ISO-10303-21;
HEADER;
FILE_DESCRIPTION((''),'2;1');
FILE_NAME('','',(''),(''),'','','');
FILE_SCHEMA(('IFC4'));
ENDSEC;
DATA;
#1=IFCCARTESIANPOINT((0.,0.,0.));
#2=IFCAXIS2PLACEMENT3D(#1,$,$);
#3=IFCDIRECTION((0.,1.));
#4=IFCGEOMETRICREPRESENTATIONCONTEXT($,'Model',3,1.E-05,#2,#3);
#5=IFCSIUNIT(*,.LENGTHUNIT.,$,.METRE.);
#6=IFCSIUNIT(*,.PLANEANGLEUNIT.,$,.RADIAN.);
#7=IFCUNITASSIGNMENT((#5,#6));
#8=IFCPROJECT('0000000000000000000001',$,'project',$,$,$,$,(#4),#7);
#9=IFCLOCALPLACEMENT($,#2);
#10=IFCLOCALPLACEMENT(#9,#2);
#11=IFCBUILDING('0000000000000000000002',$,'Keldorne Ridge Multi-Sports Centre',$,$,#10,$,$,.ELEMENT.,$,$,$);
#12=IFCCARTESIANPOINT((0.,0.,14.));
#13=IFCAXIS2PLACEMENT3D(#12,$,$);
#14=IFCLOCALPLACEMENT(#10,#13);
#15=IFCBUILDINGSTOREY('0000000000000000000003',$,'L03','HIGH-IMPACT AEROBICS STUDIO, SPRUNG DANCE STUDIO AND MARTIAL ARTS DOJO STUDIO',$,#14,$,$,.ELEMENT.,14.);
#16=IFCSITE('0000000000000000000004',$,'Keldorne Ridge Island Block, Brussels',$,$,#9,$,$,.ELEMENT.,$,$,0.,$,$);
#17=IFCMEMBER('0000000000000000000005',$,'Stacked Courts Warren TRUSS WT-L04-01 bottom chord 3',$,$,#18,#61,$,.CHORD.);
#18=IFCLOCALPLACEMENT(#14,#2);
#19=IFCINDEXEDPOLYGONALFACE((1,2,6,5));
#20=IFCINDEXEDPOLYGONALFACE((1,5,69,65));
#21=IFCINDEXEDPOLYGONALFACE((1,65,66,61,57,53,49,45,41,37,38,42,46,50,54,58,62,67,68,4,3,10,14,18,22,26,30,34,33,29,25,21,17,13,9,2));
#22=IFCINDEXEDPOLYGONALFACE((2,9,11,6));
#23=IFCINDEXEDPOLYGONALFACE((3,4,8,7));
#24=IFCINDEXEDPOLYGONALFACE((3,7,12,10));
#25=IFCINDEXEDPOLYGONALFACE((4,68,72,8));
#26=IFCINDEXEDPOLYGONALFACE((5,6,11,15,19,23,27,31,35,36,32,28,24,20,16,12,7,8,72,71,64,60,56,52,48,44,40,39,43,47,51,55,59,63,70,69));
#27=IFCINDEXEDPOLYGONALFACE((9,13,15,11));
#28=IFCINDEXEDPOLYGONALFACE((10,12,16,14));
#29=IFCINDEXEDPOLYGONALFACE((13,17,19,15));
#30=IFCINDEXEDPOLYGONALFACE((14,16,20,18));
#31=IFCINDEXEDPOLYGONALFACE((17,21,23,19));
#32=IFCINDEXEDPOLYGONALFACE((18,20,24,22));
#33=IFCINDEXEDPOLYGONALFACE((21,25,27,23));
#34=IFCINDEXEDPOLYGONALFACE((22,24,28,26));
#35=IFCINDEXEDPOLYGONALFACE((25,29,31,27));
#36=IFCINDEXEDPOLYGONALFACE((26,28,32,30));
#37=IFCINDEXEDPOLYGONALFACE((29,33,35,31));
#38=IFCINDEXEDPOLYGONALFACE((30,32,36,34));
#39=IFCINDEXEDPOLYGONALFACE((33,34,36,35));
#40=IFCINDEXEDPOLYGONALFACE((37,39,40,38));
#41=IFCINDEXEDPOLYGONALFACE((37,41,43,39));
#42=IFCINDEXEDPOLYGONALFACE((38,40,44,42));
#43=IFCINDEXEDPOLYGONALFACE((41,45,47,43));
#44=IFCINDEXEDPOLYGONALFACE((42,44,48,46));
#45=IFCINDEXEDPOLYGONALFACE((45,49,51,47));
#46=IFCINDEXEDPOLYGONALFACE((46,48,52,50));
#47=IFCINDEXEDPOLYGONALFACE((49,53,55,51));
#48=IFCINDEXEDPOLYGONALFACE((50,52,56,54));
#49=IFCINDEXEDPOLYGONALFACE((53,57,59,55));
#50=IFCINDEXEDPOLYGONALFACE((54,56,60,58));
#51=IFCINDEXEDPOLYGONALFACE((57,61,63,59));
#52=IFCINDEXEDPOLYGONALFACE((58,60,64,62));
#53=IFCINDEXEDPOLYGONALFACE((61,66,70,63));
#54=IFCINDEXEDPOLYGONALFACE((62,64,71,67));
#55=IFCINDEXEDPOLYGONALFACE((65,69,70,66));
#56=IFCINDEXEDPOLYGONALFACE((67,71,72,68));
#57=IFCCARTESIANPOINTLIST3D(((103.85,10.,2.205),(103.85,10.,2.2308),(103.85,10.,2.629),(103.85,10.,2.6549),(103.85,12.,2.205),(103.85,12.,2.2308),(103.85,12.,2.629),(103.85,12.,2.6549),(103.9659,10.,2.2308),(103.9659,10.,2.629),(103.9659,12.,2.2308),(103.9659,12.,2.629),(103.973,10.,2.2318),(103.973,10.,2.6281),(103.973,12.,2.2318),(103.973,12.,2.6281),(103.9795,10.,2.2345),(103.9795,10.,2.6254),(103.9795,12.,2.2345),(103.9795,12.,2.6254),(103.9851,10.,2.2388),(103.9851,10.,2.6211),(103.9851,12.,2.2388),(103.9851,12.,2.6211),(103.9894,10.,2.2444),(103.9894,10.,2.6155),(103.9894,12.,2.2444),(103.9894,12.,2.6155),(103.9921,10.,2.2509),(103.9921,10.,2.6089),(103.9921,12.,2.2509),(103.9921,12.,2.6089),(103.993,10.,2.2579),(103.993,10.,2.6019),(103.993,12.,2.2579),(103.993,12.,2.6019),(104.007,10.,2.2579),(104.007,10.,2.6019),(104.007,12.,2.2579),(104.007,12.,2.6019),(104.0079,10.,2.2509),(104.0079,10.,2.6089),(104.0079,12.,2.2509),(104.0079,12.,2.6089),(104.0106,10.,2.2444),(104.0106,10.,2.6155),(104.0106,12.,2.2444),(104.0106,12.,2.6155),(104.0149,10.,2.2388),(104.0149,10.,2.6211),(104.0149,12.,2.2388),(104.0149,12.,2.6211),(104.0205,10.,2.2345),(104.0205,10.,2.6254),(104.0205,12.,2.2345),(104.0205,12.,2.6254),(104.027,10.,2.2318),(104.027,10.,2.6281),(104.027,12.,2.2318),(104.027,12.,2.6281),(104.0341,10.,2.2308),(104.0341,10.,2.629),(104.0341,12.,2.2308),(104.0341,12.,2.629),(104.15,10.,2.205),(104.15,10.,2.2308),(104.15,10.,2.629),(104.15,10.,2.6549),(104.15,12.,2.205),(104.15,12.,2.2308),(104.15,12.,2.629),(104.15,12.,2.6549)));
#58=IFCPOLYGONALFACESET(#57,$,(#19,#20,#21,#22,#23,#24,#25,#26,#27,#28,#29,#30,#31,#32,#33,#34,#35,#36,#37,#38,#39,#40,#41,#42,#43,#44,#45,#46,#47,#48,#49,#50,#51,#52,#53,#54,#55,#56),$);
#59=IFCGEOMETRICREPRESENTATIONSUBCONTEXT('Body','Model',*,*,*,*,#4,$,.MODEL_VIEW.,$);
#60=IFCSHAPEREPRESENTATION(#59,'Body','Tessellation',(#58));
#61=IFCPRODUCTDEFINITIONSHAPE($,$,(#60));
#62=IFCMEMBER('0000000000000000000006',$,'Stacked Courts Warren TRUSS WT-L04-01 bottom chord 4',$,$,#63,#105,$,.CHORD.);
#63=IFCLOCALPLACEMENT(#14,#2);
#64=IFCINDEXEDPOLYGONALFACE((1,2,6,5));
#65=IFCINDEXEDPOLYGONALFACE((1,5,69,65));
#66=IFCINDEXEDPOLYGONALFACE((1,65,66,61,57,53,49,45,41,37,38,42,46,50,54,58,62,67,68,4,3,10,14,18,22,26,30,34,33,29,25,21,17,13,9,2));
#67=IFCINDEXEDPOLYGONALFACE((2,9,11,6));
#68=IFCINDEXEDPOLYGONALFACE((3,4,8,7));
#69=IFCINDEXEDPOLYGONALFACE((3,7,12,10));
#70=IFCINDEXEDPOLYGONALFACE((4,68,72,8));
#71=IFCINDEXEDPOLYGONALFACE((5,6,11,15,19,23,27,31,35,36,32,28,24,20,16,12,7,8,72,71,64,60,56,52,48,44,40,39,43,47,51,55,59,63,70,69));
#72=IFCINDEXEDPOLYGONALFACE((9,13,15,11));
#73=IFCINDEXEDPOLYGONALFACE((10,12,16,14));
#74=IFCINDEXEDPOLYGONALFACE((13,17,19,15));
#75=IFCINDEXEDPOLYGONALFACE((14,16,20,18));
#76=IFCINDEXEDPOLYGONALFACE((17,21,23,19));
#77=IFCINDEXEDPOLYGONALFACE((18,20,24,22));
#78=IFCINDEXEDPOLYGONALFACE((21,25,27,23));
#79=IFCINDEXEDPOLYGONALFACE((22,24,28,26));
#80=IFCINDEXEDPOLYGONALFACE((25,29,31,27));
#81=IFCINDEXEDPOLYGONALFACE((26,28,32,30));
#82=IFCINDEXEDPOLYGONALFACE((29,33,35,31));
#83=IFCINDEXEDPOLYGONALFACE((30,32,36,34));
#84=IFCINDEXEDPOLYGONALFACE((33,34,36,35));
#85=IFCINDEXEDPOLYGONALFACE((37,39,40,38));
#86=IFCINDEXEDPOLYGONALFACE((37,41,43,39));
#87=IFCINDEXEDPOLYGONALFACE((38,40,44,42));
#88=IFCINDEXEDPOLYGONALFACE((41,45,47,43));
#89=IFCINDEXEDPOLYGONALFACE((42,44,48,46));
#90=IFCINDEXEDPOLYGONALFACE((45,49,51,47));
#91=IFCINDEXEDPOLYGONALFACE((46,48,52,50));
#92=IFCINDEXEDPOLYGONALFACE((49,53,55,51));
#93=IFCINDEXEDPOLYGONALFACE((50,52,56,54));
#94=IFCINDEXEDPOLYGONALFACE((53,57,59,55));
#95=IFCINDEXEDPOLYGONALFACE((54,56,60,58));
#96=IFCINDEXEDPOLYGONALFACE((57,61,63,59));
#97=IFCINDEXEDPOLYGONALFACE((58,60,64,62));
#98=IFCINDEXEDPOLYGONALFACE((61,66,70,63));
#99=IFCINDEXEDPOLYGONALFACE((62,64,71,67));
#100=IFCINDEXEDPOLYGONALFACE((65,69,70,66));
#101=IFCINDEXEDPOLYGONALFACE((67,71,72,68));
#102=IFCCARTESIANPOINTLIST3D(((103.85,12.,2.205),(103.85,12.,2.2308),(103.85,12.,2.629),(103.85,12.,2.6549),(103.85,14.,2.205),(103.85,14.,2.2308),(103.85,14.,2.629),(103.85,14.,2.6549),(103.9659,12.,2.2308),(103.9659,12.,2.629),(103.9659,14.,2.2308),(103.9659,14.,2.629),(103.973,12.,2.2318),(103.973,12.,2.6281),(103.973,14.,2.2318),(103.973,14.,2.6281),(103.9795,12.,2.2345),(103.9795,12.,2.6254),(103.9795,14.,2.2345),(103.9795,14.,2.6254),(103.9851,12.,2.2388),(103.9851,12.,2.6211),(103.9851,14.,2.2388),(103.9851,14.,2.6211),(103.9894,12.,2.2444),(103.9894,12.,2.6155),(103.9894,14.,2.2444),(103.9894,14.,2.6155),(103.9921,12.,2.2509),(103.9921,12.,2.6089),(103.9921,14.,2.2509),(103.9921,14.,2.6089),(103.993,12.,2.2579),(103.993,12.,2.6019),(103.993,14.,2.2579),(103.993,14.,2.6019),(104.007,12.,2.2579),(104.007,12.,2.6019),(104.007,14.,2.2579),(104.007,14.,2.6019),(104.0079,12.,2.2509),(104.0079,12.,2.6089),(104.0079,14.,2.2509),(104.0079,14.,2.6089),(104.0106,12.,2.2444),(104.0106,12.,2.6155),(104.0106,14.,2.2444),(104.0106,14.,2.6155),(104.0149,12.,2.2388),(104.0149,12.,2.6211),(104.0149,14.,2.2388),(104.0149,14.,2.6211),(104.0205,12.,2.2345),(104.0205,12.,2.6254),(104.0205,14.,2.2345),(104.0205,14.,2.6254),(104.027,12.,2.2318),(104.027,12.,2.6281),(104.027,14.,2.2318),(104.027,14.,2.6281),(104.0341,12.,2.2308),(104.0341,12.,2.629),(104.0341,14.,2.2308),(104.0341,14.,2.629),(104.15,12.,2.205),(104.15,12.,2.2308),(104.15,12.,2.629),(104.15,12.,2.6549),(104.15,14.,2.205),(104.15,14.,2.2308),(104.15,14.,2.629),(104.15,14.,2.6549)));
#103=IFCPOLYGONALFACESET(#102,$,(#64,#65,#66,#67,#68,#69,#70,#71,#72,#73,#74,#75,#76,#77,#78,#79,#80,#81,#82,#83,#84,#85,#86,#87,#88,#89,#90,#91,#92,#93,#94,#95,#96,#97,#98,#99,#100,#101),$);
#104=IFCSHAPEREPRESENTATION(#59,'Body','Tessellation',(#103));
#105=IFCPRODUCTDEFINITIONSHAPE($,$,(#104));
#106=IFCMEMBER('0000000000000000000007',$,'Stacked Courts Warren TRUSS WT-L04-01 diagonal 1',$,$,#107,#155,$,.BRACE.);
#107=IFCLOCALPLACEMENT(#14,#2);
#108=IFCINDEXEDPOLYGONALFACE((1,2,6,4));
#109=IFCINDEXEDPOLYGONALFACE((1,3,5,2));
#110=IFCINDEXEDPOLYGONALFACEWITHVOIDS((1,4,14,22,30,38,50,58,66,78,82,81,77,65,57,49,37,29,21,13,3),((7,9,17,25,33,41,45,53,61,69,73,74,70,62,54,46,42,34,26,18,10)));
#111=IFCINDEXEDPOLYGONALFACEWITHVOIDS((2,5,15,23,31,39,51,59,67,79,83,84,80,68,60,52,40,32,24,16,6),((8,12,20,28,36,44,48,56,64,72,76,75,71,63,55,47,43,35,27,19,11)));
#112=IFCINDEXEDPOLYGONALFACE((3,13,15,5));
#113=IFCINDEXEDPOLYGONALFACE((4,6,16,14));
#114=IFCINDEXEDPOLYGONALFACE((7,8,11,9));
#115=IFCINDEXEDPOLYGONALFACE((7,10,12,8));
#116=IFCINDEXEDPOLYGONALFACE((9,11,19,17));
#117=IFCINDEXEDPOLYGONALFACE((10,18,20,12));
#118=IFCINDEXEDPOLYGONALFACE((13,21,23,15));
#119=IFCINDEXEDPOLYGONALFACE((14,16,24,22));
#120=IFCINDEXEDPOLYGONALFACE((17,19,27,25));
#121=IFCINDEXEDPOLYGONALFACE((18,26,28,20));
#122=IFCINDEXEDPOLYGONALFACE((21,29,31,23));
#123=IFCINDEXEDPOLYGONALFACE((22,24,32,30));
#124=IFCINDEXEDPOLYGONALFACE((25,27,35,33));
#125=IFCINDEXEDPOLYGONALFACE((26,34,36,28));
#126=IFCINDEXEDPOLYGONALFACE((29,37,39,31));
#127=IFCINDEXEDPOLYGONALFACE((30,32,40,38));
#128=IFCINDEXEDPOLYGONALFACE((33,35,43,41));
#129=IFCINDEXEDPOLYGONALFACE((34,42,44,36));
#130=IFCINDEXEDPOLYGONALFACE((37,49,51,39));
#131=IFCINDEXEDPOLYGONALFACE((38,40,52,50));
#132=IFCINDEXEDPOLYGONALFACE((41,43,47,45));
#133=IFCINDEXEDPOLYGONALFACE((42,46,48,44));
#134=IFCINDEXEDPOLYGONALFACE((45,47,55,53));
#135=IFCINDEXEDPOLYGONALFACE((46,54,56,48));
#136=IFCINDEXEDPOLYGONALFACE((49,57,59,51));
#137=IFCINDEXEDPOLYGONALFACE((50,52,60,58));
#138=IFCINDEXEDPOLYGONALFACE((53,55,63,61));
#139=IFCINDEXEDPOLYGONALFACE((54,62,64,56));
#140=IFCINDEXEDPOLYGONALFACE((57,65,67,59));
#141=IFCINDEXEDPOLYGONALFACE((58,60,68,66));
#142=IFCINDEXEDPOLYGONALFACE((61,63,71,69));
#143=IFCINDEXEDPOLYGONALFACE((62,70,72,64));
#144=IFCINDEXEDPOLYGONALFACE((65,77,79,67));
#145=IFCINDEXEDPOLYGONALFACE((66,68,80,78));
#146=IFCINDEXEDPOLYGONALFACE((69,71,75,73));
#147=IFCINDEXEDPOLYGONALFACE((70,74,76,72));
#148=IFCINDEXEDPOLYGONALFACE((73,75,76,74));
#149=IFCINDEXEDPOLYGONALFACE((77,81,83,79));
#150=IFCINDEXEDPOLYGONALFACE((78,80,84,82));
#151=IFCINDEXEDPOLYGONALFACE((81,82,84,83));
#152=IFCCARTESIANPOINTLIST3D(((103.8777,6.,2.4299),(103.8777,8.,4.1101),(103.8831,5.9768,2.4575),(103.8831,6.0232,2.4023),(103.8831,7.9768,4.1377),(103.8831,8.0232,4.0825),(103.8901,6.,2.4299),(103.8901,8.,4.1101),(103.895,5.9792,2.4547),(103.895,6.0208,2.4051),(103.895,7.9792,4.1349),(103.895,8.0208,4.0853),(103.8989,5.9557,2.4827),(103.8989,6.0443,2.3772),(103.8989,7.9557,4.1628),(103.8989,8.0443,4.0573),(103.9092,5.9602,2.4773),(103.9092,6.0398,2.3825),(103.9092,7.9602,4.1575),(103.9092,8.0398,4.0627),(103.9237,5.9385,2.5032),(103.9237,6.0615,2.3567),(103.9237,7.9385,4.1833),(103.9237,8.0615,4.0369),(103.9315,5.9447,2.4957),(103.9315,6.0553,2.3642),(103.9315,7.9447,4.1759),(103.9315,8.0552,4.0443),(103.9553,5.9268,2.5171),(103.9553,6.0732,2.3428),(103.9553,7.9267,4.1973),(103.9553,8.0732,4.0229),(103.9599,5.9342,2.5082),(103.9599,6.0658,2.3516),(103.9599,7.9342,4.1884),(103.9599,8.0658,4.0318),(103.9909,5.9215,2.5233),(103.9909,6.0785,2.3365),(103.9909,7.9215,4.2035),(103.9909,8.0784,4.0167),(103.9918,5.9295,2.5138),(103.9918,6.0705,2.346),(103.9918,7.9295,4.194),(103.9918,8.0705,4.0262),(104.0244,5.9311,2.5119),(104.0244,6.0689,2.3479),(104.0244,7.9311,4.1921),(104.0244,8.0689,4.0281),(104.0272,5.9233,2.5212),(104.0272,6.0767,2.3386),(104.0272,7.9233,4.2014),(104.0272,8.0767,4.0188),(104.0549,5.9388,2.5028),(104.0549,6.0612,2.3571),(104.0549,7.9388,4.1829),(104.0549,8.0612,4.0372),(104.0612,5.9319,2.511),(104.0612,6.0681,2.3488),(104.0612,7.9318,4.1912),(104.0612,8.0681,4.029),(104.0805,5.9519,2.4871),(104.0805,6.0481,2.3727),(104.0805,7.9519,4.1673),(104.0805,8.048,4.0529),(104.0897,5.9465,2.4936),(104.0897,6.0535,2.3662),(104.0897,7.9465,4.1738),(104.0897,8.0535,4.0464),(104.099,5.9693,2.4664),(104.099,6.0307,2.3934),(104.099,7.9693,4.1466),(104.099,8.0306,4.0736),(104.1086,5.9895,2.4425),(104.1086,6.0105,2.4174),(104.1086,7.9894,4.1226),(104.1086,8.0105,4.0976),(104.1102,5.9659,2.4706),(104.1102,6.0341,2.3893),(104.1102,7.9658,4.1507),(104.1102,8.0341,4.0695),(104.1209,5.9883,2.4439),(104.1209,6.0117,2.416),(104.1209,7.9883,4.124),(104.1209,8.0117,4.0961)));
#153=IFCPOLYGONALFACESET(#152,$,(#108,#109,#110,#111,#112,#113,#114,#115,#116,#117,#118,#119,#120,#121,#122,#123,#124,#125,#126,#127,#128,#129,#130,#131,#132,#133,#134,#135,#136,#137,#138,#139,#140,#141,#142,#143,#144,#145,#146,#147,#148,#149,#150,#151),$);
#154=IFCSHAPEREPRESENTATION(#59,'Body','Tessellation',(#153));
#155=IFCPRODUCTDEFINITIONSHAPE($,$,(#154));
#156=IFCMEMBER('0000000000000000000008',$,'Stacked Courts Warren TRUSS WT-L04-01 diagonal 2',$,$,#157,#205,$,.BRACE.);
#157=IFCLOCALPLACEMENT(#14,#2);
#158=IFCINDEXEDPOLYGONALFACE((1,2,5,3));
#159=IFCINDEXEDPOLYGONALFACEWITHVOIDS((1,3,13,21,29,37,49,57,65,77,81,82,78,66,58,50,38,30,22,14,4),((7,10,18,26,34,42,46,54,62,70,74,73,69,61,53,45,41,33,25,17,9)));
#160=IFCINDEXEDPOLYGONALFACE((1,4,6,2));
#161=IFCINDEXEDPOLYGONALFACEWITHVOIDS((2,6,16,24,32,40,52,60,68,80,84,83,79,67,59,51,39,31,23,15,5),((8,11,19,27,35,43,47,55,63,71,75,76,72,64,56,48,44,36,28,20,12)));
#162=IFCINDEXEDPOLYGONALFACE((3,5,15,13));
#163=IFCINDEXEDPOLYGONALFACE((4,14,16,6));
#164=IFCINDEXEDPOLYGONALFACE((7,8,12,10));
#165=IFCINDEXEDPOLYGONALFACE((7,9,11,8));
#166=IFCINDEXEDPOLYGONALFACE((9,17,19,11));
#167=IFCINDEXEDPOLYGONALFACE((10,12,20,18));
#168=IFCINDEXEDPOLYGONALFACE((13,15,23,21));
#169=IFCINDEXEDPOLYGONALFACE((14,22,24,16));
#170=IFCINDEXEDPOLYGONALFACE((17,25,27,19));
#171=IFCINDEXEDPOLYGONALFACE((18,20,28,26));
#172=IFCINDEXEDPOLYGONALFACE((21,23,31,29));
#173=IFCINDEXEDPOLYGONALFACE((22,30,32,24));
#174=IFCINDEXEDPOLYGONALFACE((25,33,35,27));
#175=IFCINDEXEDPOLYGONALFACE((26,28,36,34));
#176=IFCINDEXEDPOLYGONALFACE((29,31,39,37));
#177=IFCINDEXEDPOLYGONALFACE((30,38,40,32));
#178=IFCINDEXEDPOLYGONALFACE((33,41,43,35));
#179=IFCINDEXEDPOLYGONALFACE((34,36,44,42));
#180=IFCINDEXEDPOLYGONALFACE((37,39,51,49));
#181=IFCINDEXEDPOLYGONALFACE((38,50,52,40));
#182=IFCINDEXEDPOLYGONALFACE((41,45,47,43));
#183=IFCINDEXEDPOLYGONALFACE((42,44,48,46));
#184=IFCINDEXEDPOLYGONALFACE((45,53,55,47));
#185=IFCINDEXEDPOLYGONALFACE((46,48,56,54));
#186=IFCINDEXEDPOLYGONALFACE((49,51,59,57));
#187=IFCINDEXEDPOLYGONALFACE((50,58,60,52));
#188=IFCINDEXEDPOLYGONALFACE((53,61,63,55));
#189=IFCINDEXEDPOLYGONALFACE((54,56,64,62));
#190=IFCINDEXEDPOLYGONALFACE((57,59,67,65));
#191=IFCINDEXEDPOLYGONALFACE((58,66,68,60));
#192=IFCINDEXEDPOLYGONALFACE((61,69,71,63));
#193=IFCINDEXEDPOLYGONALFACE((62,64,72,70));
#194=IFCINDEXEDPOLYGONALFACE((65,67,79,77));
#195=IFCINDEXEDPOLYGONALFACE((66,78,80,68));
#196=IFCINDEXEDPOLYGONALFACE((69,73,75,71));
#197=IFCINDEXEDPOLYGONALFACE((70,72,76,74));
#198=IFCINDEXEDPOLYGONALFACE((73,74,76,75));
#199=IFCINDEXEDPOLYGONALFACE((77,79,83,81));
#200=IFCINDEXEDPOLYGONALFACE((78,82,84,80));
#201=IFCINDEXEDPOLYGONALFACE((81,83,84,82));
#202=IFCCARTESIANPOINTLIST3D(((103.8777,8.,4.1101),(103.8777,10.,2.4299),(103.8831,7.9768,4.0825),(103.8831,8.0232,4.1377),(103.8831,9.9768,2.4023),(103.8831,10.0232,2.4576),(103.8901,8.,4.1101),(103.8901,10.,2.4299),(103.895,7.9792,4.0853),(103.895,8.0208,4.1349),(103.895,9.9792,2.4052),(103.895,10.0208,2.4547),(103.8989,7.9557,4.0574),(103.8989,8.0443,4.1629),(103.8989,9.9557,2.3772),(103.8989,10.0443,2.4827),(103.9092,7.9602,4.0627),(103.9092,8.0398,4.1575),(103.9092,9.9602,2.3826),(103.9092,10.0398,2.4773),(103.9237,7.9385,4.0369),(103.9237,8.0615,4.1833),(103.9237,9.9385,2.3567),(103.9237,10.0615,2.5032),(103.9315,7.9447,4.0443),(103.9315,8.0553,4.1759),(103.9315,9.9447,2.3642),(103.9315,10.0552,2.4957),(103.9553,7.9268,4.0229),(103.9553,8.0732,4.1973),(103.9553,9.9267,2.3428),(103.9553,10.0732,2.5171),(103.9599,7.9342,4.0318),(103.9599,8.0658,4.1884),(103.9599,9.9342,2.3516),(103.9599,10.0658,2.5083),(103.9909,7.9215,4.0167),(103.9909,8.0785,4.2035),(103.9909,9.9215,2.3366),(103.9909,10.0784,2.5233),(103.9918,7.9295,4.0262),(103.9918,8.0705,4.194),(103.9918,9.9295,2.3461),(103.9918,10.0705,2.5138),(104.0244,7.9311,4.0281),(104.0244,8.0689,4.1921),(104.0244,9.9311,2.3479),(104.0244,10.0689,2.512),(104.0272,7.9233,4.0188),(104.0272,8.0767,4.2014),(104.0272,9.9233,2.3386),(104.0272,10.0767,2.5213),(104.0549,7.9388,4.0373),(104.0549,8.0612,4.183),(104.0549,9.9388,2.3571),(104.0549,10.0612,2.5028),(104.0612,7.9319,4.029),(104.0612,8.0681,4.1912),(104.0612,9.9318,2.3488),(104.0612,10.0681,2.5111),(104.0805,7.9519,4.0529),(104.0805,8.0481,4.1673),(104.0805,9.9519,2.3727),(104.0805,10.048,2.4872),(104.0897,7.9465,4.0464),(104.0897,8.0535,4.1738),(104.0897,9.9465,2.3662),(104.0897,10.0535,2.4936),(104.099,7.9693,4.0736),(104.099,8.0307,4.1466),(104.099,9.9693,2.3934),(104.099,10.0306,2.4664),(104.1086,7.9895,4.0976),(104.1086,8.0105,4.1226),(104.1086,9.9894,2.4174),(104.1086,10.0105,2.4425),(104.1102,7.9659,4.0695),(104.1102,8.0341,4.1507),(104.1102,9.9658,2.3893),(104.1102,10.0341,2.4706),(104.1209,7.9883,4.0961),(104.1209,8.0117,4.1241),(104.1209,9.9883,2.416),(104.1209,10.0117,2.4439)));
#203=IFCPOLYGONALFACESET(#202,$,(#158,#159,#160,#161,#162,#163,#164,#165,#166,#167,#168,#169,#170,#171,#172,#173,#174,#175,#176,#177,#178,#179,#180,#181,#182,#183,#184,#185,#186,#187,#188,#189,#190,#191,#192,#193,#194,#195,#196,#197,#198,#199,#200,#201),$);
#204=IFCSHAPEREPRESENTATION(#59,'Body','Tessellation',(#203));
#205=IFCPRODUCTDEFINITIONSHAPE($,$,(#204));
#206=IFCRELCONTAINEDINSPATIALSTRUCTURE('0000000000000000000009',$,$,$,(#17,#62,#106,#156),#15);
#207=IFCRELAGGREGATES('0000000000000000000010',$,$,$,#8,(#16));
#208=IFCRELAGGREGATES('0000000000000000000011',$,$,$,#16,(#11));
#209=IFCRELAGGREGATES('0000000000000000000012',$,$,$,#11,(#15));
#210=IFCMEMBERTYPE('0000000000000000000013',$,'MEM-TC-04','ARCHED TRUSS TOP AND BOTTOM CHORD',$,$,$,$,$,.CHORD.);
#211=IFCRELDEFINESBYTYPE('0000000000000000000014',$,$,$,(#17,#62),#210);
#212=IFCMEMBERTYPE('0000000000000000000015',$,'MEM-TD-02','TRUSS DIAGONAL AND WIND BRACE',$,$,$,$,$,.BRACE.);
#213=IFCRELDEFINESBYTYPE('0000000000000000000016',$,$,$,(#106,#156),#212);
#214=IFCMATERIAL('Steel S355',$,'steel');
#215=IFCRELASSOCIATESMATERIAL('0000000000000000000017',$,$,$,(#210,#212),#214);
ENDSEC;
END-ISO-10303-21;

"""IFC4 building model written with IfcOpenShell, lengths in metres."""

from ifc_helpers import new_model, si_unit, direction, frame, origin, origin_2d, place, context, subcontext, project, spatial, hollow_circle, i_section, extrude, material, material_profile, profile_set, type_object, element, save


model = new_model("IFC4")

# Units and contexts
model_context = context("Model", 3, precision=1e-05, world=origin(), true_north=direction((0.0, 1.0)))
body_context = subcontext(model_context, "Body", "Model", "MODEL_VIEW")
ifc_project = project(units=[si_unit("LENGTHUNIT", "METRE"), si_unit("PLANEANGLEUNIT", "RADIAN")], contexts=[model_context])

# Site, building, storey
site_placement = place(None, origin())
site = spatial("IfcSite", under=ifc_project, at=site_placement, Name="Keldorne Ridge Island Block, Brussels", CompositionType="ELEMENT", RefElevation=0.0)
building_placement = place(site_placement, origin())
building = spatial("IfcBuilding", under=site, at=building_placement, Name="Keldorne Ridge Multi-Sports Centre", CompositionType="ELEMENT")
storey_placement = place(building_placement, frame((0.0, 0.0, 14.0)))
storey = spatial("IfcBuildingStorey", under=building, at=storey_placement, Name="L03", Description="HIGH-IMPACT AEROBICS STUDIO, SPRUNG DANCE STUDIO AND MARTIAL ARTS DOJO STUDIO", CompositionType="ELEMENT", Elevation=14.0)

# Shared definitions
ifc_material_1 = material(Name="Steel S355", Category="steel")

# Members
ifc_material_profile_1 = material_profile(ifc_material_1, i_section(OverallWidth=0.3, OverallDepth=0.45, WebThickness=0.0139, FlangeThickness=0.0259, FilletRadius=0.0271, at=origin_2d()), Name="HEB 450")
ifc_profile_set_1 = profile_set([ifc_material_profile_1], Name="Steel S355")
member_type_1 = type_object("IfcMemberType", Name="MEM-TC-04", Description="ARCHED TRUSS TOP AND BOTTOM CHORD", PredefinedType="CHORD", material=ifc_profile_set_1)
for number, where, z_axis, x_axis, name in (
    (1, (104.0, 10.0, 2.4299), (0.0, 1.0, 0.0), (-1.0, 0.0, 0.0), "Stacked Courts Warren TRUSS WT-L04-01 bottom chord 3"),
    (2, (104.0, 12.0, 2.4299), (0.0, 1.0, 0.0), (-1.0, 0.0, 0.0), "Stacked Courts Warren TRUSS WT-L04-01 bottom chord 4"),
):
    element("IfcMember", number, at=place(storey_placement, frame(where, z_axis=z_axis, x_axis=x_axis)), inside=storey, type_object=member_type_1, Name=name, PredefinedType="CHORD", context=body_context, shape_type="SweptSolid", body=[
        extrude(i_section(OverallWidth=0.3, OverallDepth=0.45, WebThickness=0.0139, FlangeThickness=0.0259, FilletRadius=0.0271, at=origin_2d()), origin(), (0.0, 0.0, 1.0), 2.0),
    ])
ifc_material_profile_2 = material_profile(ifc_material_1, hollow_circle(Radius=0.1223, WallThickness=0.0125, at=origin_2d()), Name="CHS 244.5x12.5")
ifc_profile_set_2 = profile_set([ifc_material_profile_2], Name="Steel S355")
member_type_2 = type_object("IfcMemberType", Name="MEM-TD-02", Description="TRUSS DIAGONAL AND WIND BRACE", PredefinedType="BRACE", material=ifc_profile_set_2)
for number, where, z_axis, x_axis, name in (
    (3, (104.0, 6.0, 2.4299), (0.0, 0.765672, 0.643232), (-1.0, 0.0, 0.0), "Stacked Courts Warren TRUSS WT-L04-01 diagonal 1"),
    (4, (104.0, 8.0, 4.1101), (0.0, 0.765672, -0.643232), (-1.0, 0.0, 0.0), "Stacked Courts Warren TRUSS WT-L04-01 diagonal 2"),
):
    element("IfcMember", number, at=place(storey_placement, frame(where, z_axis=z_axis, x_axis=x_axis)), inside=storey, type_object=member_type_2, Name=name, PredefinedType="BRACE", context=body_context, shape_type="SweptSolid", body=[
        extrude(hollow_circle(Radius=0.1223, WallThickness=0.0125, at=origin_2d()), origin(), (0.0, 0.0, 1.0), 2.6121),
    ])

save(model, "model.ifc")
